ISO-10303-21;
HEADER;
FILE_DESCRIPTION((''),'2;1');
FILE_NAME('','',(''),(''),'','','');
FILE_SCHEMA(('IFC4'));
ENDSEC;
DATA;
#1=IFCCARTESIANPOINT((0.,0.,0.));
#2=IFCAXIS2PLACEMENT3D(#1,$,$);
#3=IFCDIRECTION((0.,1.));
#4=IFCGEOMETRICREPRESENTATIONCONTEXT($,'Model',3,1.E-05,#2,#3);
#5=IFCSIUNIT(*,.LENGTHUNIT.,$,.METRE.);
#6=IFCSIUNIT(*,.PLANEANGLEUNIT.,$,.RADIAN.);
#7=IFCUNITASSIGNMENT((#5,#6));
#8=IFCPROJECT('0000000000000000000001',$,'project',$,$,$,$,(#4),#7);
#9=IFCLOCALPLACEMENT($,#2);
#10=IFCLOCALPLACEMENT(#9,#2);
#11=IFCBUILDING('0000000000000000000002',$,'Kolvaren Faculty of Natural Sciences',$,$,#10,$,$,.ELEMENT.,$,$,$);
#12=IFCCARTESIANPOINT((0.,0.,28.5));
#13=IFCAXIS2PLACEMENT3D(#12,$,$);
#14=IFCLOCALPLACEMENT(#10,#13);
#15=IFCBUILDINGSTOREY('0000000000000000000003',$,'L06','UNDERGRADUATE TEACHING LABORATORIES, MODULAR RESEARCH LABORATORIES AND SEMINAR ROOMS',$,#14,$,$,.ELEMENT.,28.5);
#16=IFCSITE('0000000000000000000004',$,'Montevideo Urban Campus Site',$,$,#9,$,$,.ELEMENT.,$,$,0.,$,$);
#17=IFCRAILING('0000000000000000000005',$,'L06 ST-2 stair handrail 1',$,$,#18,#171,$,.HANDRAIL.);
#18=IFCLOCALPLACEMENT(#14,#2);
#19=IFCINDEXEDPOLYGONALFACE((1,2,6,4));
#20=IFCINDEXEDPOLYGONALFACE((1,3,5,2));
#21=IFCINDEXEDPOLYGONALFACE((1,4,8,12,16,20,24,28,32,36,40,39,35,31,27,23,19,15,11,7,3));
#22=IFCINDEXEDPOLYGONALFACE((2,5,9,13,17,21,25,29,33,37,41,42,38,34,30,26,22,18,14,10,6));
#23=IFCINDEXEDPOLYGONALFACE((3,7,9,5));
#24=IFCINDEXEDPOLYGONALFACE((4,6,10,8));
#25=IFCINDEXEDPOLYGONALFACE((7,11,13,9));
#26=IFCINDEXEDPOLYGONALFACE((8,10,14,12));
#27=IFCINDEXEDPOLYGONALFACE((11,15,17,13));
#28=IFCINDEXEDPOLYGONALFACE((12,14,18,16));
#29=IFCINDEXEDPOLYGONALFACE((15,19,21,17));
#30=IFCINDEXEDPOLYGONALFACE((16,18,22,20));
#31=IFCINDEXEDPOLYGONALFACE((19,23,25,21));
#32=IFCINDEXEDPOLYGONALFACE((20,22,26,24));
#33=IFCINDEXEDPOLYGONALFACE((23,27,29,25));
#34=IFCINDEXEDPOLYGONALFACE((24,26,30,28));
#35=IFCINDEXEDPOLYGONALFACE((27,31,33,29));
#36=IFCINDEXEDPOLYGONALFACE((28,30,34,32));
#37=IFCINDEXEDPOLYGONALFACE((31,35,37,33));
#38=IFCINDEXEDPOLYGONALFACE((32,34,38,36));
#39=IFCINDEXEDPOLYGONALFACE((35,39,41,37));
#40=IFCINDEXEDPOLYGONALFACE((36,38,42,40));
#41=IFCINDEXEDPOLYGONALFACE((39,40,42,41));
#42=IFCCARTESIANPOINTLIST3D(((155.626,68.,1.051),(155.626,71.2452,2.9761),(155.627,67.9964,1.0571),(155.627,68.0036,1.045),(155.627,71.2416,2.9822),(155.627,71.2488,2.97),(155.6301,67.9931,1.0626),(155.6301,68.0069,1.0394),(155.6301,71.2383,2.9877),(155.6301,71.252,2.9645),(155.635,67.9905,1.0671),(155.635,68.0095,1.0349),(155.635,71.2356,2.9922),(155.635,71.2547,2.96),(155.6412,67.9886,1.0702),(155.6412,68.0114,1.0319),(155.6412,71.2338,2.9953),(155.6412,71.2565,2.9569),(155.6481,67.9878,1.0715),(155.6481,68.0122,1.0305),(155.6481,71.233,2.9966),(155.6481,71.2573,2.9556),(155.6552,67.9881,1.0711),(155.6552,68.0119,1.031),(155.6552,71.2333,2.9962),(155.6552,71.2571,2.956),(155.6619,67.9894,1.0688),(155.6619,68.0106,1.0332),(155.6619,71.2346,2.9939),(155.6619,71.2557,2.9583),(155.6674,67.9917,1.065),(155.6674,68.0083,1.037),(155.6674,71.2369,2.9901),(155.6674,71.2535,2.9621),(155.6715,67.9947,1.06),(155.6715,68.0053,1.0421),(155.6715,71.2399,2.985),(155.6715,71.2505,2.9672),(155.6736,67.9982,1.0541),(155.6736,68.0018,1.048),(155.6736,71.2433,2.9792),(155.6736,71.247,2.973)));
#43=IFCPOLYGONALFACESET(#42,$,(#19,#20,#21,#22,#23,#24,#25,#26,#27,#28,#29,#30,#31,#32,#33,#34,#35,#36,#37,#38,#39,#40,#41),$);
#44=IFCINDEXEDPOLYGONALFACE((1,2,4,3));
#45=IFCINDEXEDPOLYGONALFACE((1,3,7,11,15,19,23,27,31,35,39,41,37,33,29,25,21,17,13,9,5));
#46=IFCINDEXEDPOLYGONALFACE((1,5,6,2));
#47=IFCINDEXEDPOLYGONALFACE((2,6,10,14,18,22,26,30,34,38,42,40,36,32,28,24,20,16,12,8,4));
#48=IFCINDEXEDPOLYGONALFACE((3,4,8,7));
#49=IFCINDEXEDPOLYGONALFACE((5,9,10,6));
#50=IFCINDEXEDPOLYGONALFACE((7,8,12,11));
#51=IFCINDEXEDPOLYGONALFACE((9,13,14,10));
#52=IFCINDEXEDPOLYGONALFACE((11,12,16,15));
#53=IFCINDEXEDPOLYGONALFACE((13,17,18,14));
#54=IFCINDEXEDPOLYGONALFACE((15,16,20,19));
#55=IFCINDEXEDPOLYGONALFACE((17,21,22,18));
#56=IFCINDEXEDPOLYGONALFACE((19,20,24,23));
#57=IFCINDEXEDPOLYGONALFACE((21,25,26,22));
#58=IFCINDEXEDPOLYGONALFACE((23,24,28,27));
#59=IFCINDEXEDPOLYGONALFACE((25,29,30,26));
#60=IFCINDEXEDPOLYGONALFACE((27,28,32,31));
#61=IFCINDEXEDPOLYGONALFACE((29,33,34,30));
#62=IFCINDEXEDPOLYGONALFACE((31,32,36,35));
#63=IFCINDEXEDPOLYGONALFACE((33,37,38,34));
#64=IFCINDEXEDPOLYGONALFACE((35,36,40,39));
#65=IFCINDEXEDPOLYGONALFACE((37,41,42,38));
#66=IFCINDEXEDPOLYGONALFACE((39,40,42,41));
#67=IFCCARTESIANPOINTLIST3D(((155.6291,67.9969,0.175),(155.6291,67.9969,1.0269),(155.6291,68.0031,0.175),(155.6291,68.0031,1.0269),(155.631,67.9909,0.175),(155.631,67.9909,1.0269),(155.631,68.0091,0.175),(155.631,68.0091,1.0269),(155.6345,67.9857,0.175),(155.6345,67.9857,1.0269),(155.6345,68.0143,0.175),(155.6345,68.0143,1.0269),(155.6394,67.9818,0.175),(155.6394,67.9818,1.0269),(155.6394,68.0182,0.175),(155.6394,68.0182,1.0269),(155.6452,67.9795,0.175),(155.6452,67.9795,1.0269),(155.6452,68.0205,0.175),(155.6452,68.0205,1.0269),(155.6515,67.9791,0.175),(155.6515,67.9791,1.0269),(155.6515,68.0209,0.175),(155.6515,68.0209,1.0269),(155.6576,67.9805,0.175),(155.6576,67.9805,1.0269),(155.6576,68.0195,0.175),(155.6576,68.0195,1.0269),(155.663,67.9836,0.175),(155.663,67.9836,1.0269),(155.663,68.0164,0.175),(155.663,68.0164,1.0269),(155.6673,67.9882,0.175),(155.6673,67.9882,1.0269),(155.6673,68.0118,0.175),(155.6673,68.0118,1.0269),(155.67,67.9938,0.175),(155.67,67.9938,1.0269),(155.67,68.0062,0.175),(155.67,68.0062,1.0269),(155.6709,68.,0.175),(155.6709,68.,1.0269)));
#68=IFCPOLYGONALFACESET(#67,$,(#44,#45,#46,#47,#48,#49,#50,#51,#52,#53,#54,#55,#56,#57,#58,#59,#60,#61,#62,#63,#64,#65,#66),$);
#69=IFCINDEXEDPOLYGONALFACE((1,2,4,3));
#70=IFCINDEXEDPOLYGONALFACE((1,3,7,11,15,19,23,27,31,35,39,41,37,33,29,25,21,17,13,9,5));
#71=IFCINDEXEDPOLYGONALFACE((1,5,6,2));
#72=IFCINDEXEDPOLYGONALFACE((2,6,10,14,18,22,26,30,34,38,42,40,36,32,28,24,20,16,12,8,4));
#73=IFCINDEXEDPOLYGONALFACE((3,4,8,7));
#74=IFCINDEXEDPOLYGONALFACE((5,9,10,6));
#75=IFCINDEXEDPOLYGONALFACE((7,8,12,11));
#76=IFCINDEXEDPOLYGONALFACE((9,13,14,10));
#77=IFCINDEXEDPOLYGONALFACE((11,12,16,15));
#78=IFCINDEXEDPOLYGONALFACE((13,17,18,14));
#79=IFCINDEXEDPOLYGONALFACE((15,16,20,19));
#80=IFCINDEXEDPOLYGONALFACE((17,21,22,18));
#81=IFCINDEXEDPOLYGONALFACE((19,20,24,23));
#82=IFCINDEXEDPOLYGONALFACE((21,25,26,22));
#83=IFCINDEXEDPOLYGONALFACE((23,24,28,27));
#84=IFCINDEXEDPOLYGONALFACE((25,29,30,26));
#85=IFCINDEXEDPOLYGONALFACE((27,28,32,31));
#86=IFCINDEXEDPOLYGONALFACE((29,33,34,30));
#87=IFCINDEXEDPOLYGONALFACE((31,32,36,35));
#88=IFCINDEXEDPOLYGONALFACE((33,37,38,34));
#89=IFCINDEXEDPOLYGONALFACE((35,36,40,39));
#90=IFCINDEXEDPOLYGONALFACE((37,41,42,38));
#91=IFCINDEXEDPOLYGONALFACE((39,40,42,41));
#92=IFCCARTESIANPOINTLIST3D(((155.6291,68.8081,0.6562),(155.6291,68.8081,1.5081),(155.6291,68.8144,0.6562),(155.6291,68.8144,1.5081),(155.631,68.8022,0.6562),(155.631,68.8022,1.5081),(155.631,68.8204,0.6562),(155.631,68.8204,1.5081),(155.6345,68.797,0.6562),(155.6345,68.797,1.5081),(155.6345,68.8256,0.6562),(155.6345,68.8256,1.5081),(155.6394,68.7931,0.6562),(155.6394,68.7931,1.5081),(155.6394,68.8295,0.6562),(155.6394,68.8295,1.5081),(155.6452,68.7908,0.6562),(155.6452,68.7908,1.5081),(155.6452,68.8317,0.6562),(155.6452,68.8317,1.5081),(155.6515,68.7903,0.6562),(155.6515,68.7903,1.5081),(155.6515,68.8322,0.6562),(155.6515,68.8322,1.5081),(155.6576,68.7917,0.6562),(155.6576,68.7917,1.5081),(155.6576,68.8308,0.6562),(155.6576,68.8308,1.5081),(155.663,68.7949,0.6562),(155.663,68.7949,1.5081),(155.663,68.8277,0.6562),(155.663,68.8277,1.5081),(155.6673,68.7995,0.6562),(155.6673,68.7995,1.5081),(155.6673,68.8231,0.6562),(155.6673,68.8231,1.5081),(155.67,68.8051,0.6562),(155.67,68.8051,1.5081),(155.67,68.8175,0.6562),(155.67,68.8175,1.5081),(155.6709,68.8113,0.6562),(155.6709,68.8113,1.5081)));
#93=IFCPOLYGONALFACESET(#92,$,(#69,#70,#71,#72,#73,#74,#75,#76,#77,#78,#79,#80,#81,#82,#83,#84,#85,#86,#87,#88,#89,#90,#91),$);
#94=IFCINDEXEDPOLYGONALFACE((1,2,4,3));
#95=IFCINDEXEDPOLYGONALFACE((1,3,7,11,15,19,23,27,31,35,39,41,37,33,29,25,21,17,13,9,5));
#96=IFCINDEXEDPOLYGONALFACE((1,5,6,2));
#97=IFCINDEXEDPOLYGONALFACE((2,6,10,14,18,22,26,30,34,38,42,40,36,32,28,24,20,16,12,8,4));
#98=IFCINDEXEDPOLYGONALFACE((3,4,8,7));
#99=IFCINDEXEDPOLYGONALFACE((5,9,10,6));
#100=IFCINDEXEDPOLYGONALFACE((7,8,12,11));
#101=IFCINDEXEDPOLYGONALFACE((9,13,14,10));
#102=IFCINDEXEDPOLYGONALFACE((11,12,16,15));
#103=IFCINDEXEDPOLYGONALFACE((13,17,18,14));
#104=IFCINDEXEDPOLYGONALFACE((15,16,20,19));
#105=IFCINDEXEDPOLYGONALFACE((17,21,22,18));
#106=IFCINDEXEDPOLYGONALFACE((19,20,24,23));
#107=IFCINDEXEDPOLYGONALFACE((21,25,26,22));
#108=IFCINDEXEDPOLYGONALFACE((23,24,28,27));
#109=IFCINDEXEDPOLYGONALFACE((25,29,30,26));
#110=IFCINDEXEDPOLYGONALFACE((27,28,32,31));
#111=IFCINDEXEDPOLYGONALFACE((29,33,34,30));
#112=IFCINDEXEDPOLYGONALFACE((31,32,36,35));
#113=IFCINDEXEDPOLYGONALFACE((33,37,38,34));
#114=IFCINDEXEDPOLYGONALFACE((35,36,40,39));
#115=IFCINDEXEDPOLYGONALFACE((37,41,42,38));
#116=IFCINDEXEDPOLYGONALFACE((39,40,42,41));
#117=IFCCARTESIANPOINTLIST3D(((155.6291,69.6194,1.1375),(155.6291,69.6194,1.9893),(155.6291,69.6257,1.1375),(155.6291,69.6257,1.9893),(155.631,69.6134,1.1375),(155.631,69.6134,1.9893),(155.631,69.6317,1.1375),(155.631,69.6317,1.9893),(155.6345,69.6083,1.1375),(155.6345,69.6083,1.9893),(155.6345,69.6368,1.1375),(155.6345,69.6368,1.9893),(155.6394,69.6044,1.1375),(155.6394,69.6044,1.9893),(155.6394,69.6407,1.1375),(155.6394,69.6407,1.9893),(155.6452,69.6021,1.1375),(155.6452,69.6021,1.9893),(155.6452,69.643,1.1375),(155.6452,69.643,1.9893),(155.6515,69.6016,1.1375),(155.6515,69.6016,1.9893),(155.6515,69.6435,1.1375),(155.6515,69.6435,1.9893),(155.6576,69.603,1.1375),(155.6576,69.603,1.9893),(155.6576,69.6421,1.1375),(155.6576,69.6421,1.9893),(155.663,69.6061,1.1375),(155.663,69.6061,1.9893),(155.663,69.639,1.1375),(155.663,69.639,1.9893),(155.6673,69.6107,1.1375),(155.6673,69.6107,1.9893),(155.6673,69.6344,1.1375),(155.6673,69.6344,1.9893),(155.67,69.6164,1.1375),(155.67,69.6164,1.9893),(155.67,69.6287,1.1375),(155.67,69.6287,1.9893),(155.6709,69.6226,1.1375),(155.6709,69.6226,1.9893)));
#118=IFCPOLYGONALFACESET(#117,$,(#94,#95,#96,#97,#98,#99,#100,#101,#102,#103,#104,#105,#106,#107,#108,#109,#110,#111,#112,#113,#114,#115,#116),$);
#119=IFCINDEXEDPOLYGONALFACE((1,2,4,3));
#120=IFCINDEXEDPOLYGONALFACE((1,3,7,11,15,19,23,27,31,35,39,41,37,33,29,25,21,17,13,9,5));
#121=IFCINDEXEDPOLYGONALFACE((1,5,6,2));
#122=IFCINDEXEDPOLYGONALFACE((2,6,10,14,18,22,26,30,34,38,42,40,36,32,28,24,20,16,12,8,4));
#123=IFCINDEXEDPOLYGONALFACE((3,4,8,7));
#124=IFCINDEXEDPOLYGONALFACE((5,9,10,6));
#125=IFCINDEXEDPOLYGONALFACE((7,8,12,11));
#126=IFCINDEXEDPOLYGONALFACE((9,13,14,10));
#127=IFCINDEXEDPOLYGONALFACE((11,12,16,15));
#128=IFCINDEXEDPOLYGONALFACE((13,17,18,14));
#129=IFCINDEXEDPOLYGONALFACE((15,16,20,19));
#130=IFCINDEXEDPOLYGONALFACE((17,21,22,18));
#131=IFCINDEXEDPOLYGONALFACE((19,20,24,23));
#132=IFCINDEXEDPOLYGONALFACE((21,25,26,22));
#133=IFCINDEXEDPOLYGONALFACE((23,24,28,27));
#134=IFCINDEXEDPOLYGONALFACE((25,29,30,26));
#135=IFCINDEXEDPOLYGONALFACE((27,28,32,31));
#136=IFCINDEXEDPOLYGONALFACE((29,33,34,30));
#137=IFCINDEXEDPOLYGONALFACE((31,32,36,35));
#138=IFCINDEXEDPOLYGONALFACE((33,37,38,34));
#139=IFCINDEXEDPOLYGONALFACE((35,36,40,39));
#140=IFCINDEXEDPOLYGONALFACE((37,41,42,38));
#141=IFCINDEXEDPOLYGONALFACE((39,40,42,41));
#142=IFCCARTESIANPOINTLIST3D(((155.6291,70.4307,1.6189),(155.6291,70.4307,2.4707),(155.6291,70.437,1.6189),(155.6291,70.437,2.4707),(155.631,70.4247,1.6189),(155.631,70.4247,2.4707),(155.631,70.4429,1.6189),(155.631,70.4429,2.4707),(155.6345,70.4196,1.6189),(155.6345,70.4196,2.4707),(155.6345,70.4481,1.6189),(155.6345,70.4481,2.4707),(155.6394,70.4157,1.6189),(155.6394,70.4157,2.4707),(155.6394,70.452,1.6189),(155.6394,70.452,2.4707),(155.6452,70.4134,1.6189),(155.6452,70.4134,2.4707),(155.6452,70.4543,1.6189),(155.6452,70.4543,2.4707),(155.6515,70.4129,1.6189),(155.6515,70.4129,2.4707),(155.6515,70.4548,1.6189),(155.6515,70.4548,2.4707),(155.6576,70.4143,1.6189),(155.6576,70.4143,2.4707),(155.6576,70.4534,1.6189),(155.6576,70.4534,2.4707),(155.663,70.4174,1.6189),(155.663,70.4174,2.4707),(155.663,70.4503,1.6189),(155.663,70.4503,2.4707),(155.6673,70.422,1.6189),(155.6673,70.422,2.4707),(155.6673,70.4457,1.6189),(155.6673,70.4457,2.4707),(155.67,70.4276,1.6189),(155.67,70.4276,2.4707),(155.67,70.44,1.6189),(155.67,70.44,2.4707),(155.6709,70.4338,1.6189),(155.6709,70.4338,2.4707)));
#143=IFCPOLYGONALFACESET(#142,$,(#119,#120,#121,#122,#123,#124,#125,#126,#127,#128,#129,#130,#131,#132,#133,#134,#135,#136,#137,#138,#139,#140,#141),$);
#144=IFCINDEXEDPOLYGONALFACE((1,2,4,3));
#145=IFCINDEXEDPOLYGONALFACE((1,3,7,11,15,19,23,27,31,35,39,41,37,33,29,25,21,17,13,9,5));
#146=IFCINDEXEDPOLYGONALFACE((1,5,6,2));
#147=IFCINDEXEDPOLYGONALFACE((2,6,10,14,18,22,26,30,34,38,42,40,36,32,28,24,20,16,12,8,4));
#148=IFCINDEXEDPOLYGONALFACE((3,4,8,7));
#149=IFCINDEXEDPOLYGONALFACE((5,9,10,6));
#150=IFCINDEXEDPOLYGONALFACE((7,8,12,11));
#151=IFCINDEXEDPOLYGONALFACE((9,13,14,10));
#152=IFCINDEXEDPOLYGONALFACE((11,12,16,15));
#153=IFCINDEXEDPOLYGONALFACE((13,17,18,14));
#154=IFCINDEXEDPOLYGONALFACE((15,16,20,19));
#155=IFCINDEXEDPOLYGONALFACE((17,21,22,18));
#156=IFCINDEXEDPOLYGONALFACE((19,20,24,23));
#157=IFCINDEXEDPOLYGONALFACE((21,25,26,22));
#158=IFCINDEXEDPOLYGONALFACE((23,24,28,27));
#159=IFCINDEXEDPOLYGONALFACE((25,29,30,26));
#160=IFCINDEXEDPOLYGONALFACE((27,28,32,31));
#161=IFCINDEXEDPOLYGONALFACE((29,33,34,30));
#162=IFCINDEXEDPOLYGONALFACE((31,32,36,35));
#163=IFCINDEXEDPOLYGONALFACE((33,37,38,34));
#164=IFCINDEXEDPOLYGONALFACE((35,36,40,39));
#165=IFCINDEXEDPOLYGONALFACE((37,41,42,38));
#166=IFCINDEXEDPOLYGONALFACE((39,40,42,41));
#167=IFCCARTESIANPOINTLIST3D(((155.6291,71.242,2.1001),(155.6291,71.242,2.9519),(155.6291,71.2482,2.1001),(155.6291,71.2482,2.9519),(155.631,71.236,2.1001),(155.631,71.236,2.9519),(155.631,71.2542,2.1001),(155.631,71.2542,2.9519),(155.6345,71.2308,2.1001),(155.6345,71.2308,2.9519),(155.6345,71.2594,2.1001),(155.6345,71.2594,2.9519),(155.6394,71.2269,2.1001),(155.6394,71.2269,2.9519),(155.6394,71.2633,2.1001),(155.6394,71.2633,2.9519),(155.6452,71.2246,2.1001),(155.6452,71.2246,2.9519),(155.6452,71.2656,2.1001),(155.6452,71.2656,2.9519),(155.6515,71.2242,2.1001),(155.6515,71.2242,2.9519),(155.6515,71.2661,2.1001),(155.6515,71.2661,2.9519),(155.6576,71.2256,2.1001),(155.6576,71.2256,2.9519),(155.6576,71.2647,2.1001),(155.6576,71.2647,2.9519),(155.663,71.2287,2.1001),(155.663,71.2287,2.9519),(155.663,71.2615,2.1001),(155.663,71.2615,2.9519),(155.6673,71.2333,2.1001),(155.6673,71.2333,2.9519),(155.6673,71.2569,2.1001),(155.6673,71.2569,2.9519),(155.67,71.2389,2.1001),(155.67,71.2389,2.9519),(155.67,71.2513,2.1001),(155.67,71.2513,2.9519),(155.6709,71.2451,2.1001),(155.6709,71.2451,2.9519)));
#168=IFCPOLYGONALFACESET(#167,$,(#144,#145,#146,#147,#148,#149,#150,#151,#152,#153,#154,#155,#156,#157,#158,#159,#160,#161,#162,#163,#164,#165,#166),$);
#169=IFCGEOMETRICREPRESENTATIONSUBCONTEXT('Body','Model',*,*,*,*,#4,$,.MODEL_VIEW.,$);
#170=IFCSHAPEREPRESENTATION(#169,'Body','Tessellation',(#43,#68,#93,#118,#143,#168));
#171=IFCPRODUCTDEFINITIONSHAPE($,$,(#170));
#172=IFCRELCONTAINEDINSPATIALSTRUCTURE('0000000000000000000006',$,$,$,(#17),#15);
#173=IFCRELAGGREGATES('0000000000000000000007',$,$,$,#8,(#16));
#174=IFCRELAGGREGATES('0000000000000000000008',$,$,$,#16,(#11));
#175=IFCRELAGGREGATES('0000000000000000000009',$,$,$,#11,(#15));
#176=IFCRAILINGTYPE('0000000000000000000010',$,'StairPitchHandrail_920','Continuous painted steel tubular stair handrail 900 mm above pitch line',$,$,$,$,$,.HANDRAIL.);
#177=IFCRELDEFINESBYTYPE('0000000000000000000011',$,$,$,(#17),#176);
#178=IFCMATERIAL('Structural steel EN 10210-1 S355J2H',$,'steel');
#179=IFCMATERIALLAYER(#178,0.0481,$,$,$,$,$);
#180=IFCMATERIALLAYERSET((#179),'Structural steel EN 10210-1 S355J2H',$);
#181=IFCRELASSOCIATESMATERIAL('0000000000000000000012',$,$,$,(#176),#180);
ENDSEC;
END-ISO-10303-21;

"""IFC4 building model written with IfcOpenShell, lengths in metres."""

from ifc_helpers import new_model, si_unit, direction, frame, origin, origin_2d, place, context, subcontext, project, spatial, circle, extrude, material, layer, layer_set, type_object, element, save


model = new_model("IFC4")

# Units and contexts
model_context = context("Model", 3, precision=1e-05, world=origin(), true_north=direction((0.0, 1.0)))
body_context = subcontext(model_context, "Body", "Model", "MODEL_VIEW")
ifc_project = project(units=[si_unit("LENGTHUNIT", "METRE"), si_unit("PLANEANGLEUNIT", "RADIAN")], contexts=[model_context])

# Site, building, storey
site_placement = place(None, origin())
site = spatial("IfcSite", under=ifc_project, at=site_placement, Name="Montevideo Urban Campus Site", CompositionType="ELEMENT", RefElevation=0.0)
building_placement = place(site_placement, origin())
building = spatial("IfcBuilding", under=site, at=building_placement, Name="Kolvaren Faculty of Natural Sciences", CompositionType="ELEMENT")
storey_placement = place(building_placement, frame((0.0, 0.0, 28.5)))
storey = spatial("IfcBuildingStorey", under=building, at=storey_placement, Name="L06", Description="UNDERGRADUATE TEACHING LABORATORIES, MODULAR RESEARCH LABORATORIES AND SEMINAR ROOMS", CompositionType="ELEMENT", Elevation=28.5)

# Railing
ifc_material_1 = material(Name="Structural steel EN 10210-1 S355J2H", Category="steel")
ifc_layer_1 = layer(ifc_material_1, 0.0481)
ifc_layer_set_1 = layer_set([ifc_layer_1], Name="Structural steel EN 10210-1 S355J2H")
railing_type_1 = type_object("IfcRailingType", Name="StairPitchHandrail_920", Description="Continuous painted steel tubular stair handrail 900 mm above pitch line", PredefinedType="HANDRAIL", material=ifc_layer_set_1)
railing_1_placement = place(storey_placement, frame((155.6499, 68.0, 0.175)))
element("IfcRailing", 1, at=railing_1_placement, inside=storey, type_object=railing_type_1, Name="L06 ST-2 stair handrail 1", PredefinedType="HANDRAIL", context=body_context, shape_type="SweptSolid", body=[
    extrude(circle(Radius=0.0239, at=origin_2d()), frame((0.0, 0.0, 0.876), z_axis=(0.0, 0.860057, 0.510198), x_axis=(-1.0, 0.0, 0.0)), (0.0, 0.0, 1.0), 3.7732),
    extrude(circle(Radius=0.021, at=origin_2d()), origin(), (0.0, 0.0, 1.0), 0.8518),
    extrude(circle(Radius=0.021, at=origin_2d()), frame((0.0, 0.8113, 0.4812)), (0.0, 0.0, 1.0), 0.8518),
    extrude(circle(Radius=0.021, at=origin_2d()), frame((0.0, 1.6226, 0.9624)), (0.0, 0.0, 1.0), 0.8518),
    extrude(circle(Radius=0.021, at=origin_2d()), frame((0.0, 2.4338, 1.4438)), (0.0, 0.0, 1.0), 0.8518),
    extrude(circle(Radius=0.021, at=origin_2d()), frame((0.0, 3.2451, 1.925)), (0.0, 0.0, 1.0), 0.8518),
])

save(model, "model.ifc")
